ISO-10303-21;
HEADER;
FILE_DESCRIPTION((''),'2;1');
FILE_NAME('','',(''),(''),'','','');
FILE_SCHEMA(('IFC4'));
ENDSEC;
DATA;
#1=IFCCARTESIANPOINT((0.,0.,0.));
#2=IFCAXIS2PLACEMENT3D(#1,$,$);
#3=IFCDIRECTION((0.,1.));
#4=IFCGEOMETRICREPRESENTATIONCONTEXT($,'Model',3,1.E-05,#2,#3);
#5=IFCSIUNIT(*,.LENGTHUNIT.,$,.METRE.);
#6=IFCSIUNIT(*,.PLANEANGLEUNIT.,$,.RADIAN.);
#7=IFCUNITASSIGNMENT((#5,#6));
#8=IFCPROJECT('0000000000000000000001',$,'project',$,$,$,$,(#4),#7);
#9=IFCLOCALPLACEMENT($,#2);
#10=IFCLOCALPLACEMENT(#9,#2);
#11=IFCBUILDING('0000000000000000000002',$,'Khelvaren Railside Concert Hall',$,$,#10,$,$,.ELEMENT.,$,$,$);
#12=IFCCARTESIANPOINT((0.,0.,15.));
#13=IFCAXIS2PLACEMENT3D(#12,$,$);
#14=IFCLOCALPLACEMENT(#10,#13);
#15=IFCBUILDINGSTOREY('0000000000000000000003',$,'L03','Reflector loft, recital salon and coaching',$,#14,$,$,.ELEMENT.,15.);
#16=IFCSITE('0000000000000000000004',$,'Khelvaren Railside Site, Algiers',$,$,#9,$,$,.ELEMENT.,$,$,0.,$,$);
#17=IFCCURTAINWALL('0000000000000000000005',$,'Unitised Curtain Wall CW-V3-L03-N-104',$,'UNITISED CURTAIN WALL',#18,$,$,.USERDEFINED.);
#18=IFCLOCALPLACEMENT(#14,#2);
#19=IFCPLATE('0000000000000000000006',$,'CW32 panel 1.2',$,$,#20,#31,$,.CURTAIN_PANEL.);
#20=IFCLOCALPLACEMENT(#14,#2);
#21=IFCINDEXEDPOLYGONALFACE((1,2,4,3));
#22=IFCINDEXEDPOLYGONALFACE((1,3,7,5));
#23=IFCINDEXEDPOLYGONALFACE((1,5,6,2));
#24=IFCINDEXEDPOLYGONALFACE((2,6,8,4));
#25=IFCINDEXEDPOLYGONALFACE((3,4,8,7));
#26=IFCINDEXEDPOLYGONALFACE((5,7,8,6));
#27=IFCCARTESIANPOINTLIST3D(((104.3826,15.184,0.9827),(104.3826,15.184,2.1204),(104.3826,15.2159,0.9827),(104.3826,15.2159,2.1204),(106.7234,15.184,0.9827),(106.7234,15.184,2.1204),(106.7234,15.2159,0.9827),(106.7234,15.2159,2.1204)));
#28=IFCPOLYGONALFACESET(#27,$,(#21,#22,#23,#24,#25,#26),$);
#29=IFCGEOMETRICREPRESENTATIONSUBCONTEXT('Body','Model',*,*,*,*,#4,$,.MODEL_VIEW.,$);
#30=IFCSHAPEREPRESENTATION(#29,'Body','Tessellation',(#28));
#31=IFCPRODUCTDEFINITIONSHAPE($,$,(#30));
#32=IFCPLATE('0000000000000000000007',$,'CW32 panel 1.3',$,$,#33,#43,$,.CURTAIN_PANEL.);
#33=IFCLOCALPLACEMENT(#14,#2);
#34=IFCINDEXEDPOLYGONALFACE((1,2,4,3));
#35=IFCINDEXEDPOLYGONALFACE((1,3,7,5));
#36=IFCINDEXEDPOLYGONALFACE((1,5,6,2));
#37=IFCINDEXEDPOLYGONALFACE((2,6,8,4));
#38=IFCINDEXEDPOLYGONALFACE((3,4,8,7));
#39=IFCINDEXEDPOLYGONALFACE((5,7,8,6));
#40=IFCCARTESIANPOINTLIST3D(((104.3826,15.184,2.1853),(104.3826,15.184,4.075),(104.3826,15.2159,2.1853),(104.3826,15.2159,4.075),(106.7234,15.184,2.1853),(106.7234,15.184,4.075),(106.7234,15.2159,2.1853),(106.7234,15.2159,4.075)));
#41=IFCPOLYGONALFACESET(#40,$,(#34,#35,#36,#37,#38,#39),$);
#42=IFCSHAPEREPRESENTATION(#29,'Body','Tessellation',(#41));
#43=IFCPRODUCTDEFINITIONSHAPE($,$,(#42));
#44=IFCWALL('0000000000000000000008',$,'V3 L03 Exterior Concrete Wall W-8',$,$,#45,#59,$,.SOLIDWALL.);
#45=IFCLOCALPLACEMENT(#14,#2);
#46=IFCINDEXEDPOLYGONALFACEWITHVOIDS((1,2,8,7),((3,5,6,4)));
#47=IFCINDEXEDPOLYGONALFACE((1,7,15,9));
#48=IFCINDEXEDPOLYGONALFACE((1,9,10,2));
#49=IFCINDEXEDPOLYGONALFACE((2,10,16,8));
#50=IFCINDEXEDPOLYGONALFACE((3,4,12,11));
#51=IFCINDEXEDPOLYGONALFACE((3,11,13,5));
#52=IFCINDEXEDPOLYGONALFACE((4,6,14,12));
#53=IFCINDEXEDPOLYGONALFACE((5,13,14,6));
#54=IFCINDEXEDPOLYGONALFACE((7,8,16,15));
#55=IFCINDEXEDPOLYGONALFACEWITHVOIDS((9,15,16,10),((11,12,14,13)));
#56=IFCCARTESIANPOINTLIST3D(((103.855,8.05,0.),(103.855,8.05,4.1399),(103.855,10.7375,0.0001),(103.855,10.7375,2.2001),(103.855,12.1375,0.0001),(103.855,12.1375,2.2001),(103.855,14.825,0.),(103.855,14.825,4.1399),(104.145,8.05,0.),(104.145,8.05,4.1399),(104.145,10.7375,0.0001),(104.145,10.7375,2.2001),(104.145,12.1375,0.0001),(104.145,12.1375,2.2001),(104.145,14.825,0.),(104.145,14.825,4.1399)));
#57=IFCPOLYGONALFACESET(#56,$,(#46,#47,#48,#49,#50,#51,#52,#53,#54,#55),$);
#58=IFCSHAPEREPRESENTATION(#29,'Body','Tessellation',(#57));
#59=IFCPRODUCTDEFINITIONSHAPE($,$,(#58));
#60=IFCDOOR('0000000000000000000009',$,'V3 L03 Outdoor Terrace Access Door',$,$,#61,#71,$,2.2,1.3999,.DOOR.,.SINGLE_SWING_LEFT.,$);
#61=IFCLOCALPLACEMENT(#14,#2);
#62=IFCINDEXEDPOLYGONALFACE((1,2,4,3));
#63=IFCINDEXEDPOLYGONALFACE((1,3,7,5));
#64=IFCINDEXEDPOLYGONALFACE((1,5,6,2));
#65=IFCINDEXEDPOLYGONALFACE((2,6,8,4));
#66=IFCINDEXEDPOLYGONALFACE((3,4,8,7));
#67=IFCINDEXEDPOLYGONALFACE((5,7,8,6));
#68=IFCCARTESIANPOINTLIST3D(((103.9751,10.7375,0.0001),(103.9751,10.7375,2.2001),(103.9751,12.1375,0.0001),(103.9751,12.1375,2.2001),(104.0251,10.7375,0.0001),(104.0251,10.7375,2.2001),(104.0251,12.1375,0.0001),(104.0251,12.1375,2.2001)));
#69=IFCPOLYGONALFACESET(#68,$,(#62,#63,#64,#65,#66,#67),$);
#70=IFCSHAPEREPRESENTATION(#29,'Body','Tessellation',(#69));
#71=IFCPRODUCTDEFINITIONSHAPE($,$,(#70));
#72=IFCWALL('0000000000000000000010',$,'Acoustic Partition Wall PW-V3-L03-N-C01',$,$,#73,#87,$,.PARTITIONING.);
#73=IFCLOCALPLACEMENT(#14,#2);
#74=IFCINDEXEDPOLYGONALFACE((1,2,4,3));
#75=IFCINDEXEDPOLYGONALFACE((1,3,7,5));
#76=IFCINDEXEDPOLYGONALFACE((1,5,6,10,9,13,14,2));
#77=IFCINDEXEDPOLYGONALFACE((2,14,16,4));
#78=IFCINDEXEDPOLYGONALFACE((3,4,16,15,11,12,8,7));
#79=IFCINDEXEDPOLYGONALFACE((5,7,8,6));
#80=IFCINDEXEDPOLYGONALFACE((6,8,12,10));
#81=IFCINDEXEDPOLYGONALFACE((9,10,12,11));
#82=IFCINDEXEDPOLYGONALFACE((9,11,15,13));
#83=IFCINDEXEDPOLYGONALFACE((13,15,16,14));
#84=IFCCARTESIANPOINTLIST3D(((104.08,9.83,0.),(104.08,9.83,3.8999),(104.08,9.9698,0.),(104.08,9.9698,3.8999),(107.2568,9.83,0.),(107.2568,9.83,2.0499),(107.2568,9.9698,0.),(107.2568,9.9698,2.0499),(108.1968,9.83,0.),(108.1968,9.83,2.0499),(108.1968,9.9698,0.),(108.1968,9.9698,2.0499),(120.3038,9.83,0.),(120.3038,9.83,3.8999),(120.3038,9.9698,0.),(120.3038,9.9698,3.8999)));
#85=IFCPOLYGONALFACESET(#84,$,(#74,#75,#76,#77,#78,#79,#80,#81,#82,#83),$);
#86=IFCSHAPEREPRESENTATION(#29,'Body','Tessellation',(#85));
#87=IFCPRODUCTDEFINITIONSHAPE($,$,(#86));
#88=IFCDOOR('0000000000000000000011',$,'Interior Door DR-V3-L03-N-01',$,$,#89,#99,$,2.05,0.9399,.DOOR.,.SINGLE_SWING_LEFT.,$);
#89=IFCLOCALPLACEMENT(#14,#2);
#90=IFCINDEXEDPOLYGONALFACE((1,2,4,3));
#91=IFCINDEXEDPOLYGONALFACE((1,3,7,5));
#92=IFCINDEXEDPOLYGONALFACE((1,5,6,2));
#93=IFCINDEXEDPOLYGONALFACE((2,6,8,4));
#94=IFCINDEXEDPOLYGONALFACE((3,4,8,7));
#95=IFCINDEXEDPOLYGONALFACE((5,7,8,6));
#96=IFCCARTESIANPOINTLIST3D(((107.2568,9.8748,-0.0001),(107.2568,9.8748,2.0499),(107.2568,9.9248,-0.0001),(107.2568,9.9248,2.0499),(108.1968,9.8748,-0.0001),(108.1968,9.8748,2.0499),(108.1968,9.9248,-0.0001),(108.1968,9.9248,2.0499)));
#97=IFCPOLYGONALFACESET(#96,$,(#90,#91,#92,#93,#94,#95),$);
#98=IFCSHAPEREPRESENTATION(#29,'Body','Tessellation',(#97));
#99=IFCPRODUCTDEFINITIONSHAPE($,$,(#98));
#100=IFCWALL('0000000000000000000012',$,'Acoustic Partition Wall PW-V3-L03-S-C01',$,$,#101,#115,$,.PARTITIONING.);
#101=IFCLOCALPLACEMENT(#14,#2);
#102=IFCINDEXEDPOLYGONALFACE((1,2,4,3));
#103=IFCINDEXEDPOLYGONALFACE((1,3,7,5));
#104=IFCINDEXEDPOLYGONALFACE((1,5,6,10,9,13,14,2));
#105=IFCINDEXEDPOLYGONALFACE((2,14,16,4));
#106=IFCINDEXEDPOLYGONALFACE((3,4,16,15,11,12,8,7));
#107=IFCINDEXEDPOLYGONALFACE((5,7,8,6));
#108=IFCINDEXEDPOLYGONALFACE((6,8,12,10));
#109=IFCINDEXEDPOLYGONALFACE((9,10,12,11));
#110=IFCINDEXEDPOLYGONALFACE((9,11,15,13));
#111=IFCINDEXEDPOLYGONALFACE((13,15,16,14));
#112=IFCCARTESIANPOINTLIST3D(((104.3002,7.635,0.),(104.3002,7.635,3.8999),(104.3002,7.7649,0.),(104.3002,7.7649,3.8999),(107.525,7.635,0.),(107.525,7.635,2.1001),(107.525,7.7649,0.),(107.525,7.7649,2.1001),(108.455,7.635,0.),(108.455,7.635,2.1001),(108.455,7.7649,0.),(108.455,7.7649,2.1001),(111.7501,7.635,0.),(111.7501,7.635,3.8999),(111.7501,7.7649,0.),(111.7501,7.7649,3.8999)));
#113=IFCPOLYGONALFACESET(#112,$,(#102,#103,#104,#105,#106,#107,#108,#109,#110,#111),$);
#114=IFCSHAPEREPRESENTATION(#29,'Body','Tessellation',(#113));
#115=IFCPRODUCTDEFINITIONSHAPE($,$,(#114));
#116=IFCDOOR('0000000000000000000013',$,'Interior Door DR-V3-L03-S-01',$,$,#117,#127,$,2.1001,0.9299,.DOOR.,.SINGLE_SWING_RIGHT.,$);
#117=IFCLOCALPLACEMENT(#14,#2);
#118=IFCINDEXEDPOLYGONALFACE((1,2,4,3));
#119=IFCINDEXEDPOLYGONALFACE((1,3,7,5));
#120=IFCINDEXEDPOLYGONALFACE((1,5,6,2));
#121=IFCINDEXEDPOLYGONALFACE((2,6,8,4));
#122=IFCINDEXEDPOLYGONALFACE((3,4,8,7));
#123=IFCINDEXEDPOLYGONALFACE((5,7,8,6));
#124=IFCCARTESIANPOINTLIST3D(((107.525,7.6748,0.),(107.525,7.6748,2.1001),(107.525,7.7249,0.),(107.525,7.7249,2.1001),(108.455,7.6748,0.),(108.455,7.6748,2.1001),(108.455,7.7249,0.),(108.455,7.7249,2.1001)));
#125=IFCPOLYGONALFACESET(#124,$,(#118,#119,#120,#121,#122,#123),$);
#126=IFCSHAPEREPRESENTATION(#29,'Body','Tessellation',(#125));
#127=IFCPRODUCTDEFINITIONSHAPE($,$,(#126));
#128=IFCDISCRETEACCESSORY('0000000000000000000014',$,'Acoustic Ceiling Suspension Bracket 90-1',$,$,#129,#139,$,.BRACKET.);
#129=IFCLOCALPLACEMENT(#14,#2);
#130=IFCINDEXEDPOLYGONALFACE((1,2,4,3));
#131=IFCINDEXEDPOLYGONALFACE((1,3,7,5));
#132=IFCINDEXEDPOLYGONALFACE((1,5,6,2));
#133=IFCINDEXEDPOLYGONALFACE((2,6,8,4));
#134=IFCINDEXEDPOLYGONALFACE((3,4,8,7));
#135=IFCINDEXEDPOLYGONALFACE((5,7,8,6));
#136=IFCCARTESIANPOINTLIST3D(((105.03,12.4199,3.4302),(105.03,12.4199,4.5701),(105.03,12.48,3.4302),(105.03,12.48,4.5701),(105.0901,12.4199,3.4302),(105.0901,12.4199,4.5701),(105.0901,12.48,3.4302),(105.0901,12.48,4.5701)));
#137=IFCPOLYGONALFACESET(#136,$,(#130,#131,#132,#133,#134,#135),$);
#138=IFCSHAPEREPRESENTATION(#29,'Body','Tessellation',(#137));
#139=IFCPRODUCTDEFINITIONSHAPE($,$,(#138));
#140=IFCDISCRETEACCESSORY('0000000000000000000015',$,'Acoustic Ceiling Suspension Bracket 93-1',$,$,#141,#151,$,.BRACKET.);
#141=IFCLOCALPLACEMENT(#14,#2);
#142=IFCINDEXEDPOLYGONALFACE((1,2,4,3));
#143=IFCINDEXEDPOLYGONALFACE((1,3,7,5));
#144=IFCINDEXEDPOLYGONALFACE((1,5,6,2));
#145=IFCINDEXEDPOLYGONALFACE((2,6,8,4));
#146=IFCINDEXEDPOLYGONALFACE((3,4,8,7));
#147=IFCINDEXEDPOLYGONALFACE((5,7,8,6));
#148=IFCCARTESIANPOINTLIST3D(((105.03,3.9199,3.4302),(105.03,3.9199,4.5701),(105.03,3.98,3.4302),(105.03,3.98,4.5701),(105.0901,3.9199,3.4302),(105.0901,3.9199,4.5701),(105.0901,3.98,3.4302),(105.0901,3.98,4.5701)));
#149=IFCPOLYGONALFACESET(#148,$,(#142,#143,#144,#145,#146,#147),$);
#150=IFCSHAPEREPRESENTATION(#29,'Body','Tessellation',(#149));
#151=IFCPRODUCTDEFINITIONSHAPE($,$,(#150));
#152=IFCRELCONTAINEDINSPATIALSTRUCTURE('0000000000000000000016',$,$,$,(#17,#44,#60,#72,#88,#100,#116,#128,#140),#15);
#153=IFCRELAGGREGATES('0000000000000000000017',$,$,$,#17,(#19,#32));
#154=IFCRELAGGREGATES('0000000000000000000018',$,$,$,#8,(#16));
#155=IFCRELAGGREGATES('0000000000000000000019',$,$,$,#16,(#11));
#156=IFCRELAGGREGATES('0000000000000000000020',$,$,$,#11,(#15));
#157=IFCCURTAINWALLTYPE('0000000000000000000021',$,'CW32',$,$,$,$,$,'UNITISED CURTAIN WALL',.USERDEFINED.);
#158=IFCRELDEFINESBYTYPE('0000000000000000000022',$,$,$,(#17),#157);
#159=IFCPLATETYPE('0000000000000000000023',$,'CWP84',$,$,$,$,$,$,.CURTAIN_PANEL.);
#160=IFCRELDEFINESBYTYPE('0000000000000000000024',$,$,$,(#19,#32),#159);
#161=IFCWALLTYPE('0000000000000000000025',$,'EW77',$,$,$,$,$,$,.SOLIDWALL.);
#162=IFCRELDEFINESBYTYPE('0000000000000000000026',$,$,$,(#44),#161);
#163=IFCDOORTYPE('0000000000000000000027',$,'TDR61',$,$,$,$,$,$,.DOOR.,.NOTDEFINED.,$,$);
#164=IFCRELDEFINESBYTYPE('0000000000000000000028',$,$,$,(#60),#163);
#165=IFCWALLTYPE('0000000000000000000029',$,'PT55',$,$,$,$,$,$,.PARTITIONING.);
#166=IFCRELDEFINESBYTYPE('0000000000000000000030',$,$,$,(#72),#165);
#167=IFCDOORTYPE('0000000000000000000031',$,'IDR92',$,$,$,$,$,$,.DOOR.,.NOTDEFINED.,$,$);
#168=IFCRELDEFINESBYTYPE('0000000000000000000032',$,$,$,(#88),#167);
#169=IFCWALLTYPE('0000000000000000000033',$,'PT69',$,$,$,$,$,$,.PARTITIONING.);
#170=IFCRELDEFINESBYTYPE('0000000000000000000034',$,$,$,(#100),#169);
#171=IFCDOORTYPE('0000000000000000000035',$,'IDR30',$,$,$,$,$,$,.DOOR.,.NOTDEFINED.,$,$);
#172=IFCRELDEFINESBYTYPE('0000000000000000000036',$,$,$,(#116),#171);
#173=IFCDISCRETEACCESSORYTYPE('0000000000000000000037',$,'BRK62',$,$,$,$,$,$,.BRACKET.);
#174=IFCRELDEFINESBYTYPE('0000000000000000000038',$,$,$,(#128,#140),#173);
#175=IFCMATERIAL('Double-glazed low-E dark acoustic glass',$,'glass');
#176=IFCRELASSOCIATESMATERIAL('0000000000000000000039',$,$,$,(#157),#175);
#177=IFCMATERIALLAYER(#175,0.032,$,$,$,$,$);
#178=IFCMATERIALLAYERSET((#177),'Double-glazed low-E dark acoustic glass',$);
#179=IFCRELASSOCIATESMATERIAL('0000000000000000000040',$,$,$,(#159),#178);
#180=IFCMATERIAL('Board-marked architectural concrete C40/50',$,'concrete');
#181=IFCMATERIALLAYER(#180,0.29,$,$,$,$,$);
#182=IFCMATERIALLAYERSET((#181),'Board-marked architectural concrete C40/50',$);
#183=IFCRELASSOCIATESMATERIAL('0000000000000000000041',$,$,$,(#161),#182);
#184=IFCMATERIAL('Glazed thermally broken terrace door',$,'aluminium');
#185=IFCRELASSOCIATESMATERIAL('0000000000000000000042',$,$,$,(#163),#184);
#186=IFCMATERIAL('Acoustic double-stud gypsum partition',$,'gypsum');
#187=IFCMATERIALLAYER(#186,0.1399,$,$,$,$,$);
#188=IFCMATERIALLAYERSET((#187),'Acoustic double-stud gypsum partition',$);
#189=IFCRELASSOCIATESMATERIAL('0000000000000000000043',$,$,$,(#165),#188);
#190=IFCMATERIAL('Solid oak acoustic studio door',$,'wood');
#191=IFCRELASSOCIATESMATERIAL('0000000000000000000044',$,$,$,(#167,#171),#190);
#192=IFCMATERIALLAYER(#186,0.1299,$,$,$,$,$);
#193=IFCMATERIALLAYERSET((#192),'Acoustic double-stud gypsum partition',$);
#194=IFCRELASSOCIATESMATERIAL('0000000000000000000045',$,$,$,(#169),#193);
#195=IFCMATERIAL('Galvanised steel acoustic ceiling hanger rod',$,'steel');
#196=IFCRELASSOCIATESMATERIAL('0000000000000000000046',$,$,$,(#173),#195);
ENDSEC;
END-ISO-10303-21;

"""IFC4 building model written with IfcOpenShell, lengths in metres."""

from ifc_helpers import new_model, si_unit, direction, frame, frame_2d, origin, origin_2d, place, context, subcontext, project, spatial, rectangle, extrude, material, layer, layer_set, type_object, element, fill, aggregate, save


model = new_model("IFC4")

# Units and contexts
model_context = context("Model", 3, precision=1e-05, world=origin(), true_north=direction((0.0, 1.0)))
body_context = subcontext(model_context, "Body", "Model", "MODEL_VIEW")
ifc_project = project(units=[si_unit("LENGTHUNIT", "METRE"), si_unit("PLANEANGLEUNIT", "RADIAN")], contexts=[model_context])

# Site, building, storey
site_placement = place(None, origin())
site = spatial("IfcSite", under=ifc_project, at=site_placement, Name="Khelvaren Railside Site, Algiers", CompositionType="ELEMENT", RefElevation=0.0)
building_placement = place(site_placement, origin())
building = spatial("IfcBuilding", under=site, at=building_placement, Name="Khelvaren Railside Concert Hall", CompositionType="ELEMENT")
storey_placement = place(building_placement, frame((0.0, 0.0, 15.0)))
storey = spatial("IfcBuildingStorey", under=building, at=storey_placement, Name="L03", Description="Reflector loft, recital salon and coaching", CompositionType="ELEMENT", Elevation=15.0)

# Curtain wall
ifc_material_1 = material(Name="Double-glazed low-E dark acoustic glass", Category="glass")
curtain_wall_type_1 = type_object("IfcCurtainWallType", Name="CW32", ElementType="UNITISED CURTAIN WALL", PredefinedType="USERDEFINED", material=ifc_material_1)
curtain_wall_1_placement = place(storey_placement, origin())
curtain_wall_1 = element("IfcCurtainWall", 1, at=curtain_wall_1_placement, inside=storey, type_object=curtain_wall_type_1, Name="Unitised Curtain Wall CW-V3-L03-N-104", ObjectType="UNITISED CURTAIN WALL", PredefinedType="USERDEFINED")

# Plates
ifc_layer_1 = layer(ifc_material_1, 0.032)
ifc_layer_set_1 = layer_set([ifc_layer_1], Name="Double-glazed low-E dark acoustic glass")
plate_type = type_object("IfcPlateType", Name="CWP84", PredefinedType="CURTAIN_PANEL", material=ifc_layer_set_1)
plate_1_placement = place(storey_placement, frame((105.553, 15.2, 0.9827), z_axis=(0.0, 0.0, 1.0), x_axis=(1.0, 0.0, 0.0)))
plate_1 = element("IfcPlate", 2, at=plate_1_placement, type_object=plate_type, Name="CW32 panel 1.2", PredefinedType="CURTAIN_PANEL", context=body_context, shape_type="SweptSolid", body=[
    extrude(rectangle(XDim=2.3408, YDim=0.032, at=origin_2d()), origin(), (0.0, 0.0, 1.0), 1.1377),
])
plate_2_placement = place(storey_placement, frame((105.553, 15.2, 2.1853), z_axis=(0.0, 0.0, 1.0), x_axis=(1.0, 0.0, 0.0)))
plate_2 = element("IfcPlate", 3, at=plate_2_placement, type_object=plate_type, Name="CW32 panel 1.3", PredefinedType="CURTAIN_PANEL", context=body_context, shape_type="SweptSolid", body=[
    extrude(rectangle(XDim=2.3408, YDim=0.032, at=origin_2d()), origin(), (0.0, 0.0, 1.0), 1.8896),
])
aggregate(curtain_wall_1, [plate_1, plate_2])

# Walls, openings, doors
ifc_material_2 = material(Name="Board-marked architectural concrete C40/50", Category="concrete")
ifc_layer_2 = layer(ifc_material_2, 0.29)
ifc_layer_set_2 = layer_set([ifc_layer_2], Name="Board-marked architectural concrete C40/50")
wall_type_1 = type_object("IfcWallType", Name="EW77", PredefinedType="SOLIDWALL", material=ifc_layer_set_2)
wall_1_placement = place(storey_placement, frame((104.0, 8.05, 0.0), z_axis=(0.0, 0.0, 1.0), x_axis=(0.0, 1.0, 0.0)))
wall_1 = element("IfcWall", 4, at=wall_1_placement, inside=storey, type_object=wall_type_1, Name="V3 L03 Exterior Concrete Wall W-8", PredefinedType="SOLIDWALL", context=body_context, shape_type="SweptSolid", body=[
    extrude(rectangle(XDim=6.7749, YDim=0.29, at=frame_2d((3.3875, 0.0))), origin(), (0.0, 0.0, 1.0), 4.1399),
])
opening_1_placement = place(wall_1_placement, frame((2.6875, 0.0, 0.0)))
opening_1 = element("IfcOpeningElement", 5, at=opening_1_placement, cuts=wall_1, PredefinedType="OPENING", context=body_context, shape_type="SweptSolid", body=[
    extrude(rectangle(XDim=1.3999, YDim=2.2, at=frame_2d((0.7, 1.1001))), frame((0.0, 0.155, 0.0), z_axis=(0.0, -1.0, 0.0), x_axis=(1.0, 0.0, 0.0)), (0.0, 0.0, 1.0), 0.3101),
])
ifc_material_3 = material(Name="Glazed thermally broken terrace door", Category="aluminium")
door_type_1 = type_object("IfcDoorType", Name="TDR61", OperationType="NOTDEFINED", PredefinedType="DOOR", material=ifc_material_3)
door_1_placement = place(opening_1_placement, origin())
door_1 = element("IfcDoor", 6, at=door_1_placement, inside=storey, type_object=door_type_1, Name="V3 L03 Outdoor Terrace Access Door", OperationType="SINGLE_SWING_LEFT", OverallHeight=2.2, OverallWidth=1.3999, PredefinedType="DOOR", context=body_context, shape_type="SweptSolid", body=[
    extrude(rectangle(XDim=1.3999, YDim=2.2, at=frame_2d((0.7, 1.1001))), frame((0.0, 0.0249, 0.0), z_axis=(0.0, -1.0, 0.0), x_axis=(1.0, 0.0, 0.0)), (0.0, 0.0, 1.0), 0.05),
])
fill(opening_1, door_1)
ifc_material_4 = material(Name="Acoustic double-stud gypsum partition", Category="gypsum")
ifc_layer_3 = layer(ifc_material_4, 0.1399)
ifc_layer_set_3 = layer_set([ifc_layer_3], Name="Acoustic double-stud gypsum partition")
wall_type_2 = type_object("IfcWallType", Name="PT55", PredefinedType="PARTITIONING", material=ifc_layer_set_3)
wall_2_placement = place(storey_placement, frame((104.0801, 9.8999, 0.0), z_axis=(0.0, 0.0, 1.0), x_axis=(1.0, 0.0, 0.0)))
wall_2 = element("IfcWall", 7, at=wall_2_placement, inside=storey, type_object=wall_type_2, Name="Acoustic Partition Wall PW-V3-L03-N-C01", PredefinedType="PARTITIONING", context=body_context, shape_type="SweptSolid", body=[
    extrude(rectangle(XDim=16.2239, YDim=0.1399, at=frame_2d((8.1118, 0.0))), origin(), (0.0, 0.0, 1.0), 3.8999),
])
opening_2_placement = place(wall_2_placement, frame((3.1768, 0.0, 0.0)))
opening_2 = element("IfcOpeningElement", 8, at=opening_2_placement, cuts=wall_2, PredefinedType="OPENING", context=body_context, shape_type="SweptSolid", body=[
    extrude(rectangle(XDim=0.9399, YDim=2.05, at=frame_2d((0.47, 1.0249))), frame((0.0, 0.0798, 0.0), z_axis=(0.0, -1.0, 0.0), x_axis=(1.0, 0.0, 0.0)), (0.0, 0.0, 1.0), 0.1599),
])
ifc_material_5 = material(Name="Solid oak acoustic studio door", Category="wood")
door_type_2 = type_object("IfcDoorType", Name="IDR92", OperationType="NOTDEFINED", PredefinedType="DOOR", material=ifc_material_5)
door_2_placement = place(opening_2_placement, origin())
door_2 = element("IfcDoor", 9, at=door_2_placement, inside=storey, type_object=door_type_2, Name="Interior Door DR-V3-L03-N-01", OperationType="SINGLE_SWING_LEFT", OverallHeight=2.05, OverallWidth=0.9399, PredefinedType="DOOR", context=body_context, shape_type="SweptSolid", body=[
    extrude(rectangle(XDim=0.9399, YDim=2.05, at=frame_2d((0.47, 1.0249))), frame((0.0, 0.0249, 0.0), z_axis=(0.0, -1.0, 0.0), x_axis=(1.0, 0.0, 0.0)), (0.0, 0.0, 1.0), 0.05),
])
fill(opening_2, door_2)
ifc_layer_4 = layer(ifc_material_4, 0.1299)
ifc_layer_set_4 = layer_set([ifc_layer_4], Name="Acoustic double-stud gypsum partition")
wall_type_3 = type_object("IfcWallType", Name="PT69", PredefinedType="PARTITIONING", material=ifc_layer_set_4)
wall_3_placement = place(storey_placement, frame((104.3, 7.7, 0.0), z_axis=(0.0, 0.0, 1.0), x_axis=(1.0, 0.0, 0.0)))
wall_3 = element("IfcWall", 10, at=wall_3_placement, inside=storey, type_object=wall_type_3, Name="Acoustic Partition Wall PW-V3-L03-S-C01", PredefinedType="PARTITIONING", context=body_context, shape_type="SweptSolid", body=[
    extrude(rectangle(XDim=7.45, YDim=0.1299, at=frame_2d((3.7251, 0.0))), origin(), (0.0, 0.0, 1.0), 3.8999),
])
opening_3_placement = place(wall_3_placement, frame((3.2251, 0.0, 0.0)))
opening_3 = element("IfcOpeningElement", 11, at=opening_3_placement, cuts=wall_3, PredefinedType="OPENING", context=body_context, shape_type="SweptSolid", body=[
    extrude(rectangle(XDim=0.9299, YDim=2.1001, at=frame_2d((0.4648, 1.05))), frame((0.0, 0.075, 0.0), z_axis=(0.0, -1.0, 0.0), x_axis=(1.0, 0.0, 0.0)), (0.0, 0.0, 1.0), 0.1499),
])
door_type_3 = type_object("IfcDoorType", Name="IDR30", OperationType="NOTDEFINED", PredefinedType="DOOR", material=ifc_material_5)
door_3_placement = place(opening_3_placement, origin())
door_3 = element("IfcDoor", 12, at=door_3_placement, inside=storey, type_object=door_type_3, Name="Interior Door DR-V3-L03-S-01", OperationType="SINGLE_SWING_RIGHT", OverallHeight=2.1001, OverallWidth=0.9299, PredefinedType="DOOR", context=body_context, shape_type="SweptSolid", body=[
    extrude(rectangle(XDim=0.9299, YDim=2.1001, at=frame_2d((0.4648, 1.05))), frame((0.0, 0.0249, 0.0), z_axis=(0.0, -1.0, 0.0), x_axis=(1.0, 0.0, 0.0)), (0.0, 0.0, 1.0), 0.05),
])
fill(opening_3, door_3)

# Discrete accessories
ifc_material_6 = material(Name="Galvanised steel acoustic ceiling hanger rod", Category="steel")
discrete_accessory_type = type_object("IfcDiscreteAccessoryType", Name="BRK62", PredefinedType="BRACKET", material=ifc_material_6)
for number, where, z_axis, x_axis, name in (
    (13, (105.0601, 12.45, 3.4302), (0.0, 0.0, 1.0), (1.0, 0.0, 0.0), "Acoustic Ceiling Suspension Bracket 90-1"),
    (14, (105.0601, 3.95, 3.4302), (0.0, 0.0, 1.0), (1.0, 0.0, 0.0), "Acoustic Ceiling Suspension Bracket 93-1"),
):
    element("IfcDiscreteAccessory", number, at=place(storey_placement, frame(where, z_axis=z_axis, x_axis=x_axis)), inside=storey, type_object=discrete_accessory_type, Name=name, PredefinedType="BRACKET", context=body_context, shape_type="SweptSolid", body=[
        extrude(rectangle(XDim=0.0601, YDim=0.0601, at=origin_2d()), origin(), (0.0, 0.0, 1.0), 1.1399),
    ])

save(model, "model.ifc")
